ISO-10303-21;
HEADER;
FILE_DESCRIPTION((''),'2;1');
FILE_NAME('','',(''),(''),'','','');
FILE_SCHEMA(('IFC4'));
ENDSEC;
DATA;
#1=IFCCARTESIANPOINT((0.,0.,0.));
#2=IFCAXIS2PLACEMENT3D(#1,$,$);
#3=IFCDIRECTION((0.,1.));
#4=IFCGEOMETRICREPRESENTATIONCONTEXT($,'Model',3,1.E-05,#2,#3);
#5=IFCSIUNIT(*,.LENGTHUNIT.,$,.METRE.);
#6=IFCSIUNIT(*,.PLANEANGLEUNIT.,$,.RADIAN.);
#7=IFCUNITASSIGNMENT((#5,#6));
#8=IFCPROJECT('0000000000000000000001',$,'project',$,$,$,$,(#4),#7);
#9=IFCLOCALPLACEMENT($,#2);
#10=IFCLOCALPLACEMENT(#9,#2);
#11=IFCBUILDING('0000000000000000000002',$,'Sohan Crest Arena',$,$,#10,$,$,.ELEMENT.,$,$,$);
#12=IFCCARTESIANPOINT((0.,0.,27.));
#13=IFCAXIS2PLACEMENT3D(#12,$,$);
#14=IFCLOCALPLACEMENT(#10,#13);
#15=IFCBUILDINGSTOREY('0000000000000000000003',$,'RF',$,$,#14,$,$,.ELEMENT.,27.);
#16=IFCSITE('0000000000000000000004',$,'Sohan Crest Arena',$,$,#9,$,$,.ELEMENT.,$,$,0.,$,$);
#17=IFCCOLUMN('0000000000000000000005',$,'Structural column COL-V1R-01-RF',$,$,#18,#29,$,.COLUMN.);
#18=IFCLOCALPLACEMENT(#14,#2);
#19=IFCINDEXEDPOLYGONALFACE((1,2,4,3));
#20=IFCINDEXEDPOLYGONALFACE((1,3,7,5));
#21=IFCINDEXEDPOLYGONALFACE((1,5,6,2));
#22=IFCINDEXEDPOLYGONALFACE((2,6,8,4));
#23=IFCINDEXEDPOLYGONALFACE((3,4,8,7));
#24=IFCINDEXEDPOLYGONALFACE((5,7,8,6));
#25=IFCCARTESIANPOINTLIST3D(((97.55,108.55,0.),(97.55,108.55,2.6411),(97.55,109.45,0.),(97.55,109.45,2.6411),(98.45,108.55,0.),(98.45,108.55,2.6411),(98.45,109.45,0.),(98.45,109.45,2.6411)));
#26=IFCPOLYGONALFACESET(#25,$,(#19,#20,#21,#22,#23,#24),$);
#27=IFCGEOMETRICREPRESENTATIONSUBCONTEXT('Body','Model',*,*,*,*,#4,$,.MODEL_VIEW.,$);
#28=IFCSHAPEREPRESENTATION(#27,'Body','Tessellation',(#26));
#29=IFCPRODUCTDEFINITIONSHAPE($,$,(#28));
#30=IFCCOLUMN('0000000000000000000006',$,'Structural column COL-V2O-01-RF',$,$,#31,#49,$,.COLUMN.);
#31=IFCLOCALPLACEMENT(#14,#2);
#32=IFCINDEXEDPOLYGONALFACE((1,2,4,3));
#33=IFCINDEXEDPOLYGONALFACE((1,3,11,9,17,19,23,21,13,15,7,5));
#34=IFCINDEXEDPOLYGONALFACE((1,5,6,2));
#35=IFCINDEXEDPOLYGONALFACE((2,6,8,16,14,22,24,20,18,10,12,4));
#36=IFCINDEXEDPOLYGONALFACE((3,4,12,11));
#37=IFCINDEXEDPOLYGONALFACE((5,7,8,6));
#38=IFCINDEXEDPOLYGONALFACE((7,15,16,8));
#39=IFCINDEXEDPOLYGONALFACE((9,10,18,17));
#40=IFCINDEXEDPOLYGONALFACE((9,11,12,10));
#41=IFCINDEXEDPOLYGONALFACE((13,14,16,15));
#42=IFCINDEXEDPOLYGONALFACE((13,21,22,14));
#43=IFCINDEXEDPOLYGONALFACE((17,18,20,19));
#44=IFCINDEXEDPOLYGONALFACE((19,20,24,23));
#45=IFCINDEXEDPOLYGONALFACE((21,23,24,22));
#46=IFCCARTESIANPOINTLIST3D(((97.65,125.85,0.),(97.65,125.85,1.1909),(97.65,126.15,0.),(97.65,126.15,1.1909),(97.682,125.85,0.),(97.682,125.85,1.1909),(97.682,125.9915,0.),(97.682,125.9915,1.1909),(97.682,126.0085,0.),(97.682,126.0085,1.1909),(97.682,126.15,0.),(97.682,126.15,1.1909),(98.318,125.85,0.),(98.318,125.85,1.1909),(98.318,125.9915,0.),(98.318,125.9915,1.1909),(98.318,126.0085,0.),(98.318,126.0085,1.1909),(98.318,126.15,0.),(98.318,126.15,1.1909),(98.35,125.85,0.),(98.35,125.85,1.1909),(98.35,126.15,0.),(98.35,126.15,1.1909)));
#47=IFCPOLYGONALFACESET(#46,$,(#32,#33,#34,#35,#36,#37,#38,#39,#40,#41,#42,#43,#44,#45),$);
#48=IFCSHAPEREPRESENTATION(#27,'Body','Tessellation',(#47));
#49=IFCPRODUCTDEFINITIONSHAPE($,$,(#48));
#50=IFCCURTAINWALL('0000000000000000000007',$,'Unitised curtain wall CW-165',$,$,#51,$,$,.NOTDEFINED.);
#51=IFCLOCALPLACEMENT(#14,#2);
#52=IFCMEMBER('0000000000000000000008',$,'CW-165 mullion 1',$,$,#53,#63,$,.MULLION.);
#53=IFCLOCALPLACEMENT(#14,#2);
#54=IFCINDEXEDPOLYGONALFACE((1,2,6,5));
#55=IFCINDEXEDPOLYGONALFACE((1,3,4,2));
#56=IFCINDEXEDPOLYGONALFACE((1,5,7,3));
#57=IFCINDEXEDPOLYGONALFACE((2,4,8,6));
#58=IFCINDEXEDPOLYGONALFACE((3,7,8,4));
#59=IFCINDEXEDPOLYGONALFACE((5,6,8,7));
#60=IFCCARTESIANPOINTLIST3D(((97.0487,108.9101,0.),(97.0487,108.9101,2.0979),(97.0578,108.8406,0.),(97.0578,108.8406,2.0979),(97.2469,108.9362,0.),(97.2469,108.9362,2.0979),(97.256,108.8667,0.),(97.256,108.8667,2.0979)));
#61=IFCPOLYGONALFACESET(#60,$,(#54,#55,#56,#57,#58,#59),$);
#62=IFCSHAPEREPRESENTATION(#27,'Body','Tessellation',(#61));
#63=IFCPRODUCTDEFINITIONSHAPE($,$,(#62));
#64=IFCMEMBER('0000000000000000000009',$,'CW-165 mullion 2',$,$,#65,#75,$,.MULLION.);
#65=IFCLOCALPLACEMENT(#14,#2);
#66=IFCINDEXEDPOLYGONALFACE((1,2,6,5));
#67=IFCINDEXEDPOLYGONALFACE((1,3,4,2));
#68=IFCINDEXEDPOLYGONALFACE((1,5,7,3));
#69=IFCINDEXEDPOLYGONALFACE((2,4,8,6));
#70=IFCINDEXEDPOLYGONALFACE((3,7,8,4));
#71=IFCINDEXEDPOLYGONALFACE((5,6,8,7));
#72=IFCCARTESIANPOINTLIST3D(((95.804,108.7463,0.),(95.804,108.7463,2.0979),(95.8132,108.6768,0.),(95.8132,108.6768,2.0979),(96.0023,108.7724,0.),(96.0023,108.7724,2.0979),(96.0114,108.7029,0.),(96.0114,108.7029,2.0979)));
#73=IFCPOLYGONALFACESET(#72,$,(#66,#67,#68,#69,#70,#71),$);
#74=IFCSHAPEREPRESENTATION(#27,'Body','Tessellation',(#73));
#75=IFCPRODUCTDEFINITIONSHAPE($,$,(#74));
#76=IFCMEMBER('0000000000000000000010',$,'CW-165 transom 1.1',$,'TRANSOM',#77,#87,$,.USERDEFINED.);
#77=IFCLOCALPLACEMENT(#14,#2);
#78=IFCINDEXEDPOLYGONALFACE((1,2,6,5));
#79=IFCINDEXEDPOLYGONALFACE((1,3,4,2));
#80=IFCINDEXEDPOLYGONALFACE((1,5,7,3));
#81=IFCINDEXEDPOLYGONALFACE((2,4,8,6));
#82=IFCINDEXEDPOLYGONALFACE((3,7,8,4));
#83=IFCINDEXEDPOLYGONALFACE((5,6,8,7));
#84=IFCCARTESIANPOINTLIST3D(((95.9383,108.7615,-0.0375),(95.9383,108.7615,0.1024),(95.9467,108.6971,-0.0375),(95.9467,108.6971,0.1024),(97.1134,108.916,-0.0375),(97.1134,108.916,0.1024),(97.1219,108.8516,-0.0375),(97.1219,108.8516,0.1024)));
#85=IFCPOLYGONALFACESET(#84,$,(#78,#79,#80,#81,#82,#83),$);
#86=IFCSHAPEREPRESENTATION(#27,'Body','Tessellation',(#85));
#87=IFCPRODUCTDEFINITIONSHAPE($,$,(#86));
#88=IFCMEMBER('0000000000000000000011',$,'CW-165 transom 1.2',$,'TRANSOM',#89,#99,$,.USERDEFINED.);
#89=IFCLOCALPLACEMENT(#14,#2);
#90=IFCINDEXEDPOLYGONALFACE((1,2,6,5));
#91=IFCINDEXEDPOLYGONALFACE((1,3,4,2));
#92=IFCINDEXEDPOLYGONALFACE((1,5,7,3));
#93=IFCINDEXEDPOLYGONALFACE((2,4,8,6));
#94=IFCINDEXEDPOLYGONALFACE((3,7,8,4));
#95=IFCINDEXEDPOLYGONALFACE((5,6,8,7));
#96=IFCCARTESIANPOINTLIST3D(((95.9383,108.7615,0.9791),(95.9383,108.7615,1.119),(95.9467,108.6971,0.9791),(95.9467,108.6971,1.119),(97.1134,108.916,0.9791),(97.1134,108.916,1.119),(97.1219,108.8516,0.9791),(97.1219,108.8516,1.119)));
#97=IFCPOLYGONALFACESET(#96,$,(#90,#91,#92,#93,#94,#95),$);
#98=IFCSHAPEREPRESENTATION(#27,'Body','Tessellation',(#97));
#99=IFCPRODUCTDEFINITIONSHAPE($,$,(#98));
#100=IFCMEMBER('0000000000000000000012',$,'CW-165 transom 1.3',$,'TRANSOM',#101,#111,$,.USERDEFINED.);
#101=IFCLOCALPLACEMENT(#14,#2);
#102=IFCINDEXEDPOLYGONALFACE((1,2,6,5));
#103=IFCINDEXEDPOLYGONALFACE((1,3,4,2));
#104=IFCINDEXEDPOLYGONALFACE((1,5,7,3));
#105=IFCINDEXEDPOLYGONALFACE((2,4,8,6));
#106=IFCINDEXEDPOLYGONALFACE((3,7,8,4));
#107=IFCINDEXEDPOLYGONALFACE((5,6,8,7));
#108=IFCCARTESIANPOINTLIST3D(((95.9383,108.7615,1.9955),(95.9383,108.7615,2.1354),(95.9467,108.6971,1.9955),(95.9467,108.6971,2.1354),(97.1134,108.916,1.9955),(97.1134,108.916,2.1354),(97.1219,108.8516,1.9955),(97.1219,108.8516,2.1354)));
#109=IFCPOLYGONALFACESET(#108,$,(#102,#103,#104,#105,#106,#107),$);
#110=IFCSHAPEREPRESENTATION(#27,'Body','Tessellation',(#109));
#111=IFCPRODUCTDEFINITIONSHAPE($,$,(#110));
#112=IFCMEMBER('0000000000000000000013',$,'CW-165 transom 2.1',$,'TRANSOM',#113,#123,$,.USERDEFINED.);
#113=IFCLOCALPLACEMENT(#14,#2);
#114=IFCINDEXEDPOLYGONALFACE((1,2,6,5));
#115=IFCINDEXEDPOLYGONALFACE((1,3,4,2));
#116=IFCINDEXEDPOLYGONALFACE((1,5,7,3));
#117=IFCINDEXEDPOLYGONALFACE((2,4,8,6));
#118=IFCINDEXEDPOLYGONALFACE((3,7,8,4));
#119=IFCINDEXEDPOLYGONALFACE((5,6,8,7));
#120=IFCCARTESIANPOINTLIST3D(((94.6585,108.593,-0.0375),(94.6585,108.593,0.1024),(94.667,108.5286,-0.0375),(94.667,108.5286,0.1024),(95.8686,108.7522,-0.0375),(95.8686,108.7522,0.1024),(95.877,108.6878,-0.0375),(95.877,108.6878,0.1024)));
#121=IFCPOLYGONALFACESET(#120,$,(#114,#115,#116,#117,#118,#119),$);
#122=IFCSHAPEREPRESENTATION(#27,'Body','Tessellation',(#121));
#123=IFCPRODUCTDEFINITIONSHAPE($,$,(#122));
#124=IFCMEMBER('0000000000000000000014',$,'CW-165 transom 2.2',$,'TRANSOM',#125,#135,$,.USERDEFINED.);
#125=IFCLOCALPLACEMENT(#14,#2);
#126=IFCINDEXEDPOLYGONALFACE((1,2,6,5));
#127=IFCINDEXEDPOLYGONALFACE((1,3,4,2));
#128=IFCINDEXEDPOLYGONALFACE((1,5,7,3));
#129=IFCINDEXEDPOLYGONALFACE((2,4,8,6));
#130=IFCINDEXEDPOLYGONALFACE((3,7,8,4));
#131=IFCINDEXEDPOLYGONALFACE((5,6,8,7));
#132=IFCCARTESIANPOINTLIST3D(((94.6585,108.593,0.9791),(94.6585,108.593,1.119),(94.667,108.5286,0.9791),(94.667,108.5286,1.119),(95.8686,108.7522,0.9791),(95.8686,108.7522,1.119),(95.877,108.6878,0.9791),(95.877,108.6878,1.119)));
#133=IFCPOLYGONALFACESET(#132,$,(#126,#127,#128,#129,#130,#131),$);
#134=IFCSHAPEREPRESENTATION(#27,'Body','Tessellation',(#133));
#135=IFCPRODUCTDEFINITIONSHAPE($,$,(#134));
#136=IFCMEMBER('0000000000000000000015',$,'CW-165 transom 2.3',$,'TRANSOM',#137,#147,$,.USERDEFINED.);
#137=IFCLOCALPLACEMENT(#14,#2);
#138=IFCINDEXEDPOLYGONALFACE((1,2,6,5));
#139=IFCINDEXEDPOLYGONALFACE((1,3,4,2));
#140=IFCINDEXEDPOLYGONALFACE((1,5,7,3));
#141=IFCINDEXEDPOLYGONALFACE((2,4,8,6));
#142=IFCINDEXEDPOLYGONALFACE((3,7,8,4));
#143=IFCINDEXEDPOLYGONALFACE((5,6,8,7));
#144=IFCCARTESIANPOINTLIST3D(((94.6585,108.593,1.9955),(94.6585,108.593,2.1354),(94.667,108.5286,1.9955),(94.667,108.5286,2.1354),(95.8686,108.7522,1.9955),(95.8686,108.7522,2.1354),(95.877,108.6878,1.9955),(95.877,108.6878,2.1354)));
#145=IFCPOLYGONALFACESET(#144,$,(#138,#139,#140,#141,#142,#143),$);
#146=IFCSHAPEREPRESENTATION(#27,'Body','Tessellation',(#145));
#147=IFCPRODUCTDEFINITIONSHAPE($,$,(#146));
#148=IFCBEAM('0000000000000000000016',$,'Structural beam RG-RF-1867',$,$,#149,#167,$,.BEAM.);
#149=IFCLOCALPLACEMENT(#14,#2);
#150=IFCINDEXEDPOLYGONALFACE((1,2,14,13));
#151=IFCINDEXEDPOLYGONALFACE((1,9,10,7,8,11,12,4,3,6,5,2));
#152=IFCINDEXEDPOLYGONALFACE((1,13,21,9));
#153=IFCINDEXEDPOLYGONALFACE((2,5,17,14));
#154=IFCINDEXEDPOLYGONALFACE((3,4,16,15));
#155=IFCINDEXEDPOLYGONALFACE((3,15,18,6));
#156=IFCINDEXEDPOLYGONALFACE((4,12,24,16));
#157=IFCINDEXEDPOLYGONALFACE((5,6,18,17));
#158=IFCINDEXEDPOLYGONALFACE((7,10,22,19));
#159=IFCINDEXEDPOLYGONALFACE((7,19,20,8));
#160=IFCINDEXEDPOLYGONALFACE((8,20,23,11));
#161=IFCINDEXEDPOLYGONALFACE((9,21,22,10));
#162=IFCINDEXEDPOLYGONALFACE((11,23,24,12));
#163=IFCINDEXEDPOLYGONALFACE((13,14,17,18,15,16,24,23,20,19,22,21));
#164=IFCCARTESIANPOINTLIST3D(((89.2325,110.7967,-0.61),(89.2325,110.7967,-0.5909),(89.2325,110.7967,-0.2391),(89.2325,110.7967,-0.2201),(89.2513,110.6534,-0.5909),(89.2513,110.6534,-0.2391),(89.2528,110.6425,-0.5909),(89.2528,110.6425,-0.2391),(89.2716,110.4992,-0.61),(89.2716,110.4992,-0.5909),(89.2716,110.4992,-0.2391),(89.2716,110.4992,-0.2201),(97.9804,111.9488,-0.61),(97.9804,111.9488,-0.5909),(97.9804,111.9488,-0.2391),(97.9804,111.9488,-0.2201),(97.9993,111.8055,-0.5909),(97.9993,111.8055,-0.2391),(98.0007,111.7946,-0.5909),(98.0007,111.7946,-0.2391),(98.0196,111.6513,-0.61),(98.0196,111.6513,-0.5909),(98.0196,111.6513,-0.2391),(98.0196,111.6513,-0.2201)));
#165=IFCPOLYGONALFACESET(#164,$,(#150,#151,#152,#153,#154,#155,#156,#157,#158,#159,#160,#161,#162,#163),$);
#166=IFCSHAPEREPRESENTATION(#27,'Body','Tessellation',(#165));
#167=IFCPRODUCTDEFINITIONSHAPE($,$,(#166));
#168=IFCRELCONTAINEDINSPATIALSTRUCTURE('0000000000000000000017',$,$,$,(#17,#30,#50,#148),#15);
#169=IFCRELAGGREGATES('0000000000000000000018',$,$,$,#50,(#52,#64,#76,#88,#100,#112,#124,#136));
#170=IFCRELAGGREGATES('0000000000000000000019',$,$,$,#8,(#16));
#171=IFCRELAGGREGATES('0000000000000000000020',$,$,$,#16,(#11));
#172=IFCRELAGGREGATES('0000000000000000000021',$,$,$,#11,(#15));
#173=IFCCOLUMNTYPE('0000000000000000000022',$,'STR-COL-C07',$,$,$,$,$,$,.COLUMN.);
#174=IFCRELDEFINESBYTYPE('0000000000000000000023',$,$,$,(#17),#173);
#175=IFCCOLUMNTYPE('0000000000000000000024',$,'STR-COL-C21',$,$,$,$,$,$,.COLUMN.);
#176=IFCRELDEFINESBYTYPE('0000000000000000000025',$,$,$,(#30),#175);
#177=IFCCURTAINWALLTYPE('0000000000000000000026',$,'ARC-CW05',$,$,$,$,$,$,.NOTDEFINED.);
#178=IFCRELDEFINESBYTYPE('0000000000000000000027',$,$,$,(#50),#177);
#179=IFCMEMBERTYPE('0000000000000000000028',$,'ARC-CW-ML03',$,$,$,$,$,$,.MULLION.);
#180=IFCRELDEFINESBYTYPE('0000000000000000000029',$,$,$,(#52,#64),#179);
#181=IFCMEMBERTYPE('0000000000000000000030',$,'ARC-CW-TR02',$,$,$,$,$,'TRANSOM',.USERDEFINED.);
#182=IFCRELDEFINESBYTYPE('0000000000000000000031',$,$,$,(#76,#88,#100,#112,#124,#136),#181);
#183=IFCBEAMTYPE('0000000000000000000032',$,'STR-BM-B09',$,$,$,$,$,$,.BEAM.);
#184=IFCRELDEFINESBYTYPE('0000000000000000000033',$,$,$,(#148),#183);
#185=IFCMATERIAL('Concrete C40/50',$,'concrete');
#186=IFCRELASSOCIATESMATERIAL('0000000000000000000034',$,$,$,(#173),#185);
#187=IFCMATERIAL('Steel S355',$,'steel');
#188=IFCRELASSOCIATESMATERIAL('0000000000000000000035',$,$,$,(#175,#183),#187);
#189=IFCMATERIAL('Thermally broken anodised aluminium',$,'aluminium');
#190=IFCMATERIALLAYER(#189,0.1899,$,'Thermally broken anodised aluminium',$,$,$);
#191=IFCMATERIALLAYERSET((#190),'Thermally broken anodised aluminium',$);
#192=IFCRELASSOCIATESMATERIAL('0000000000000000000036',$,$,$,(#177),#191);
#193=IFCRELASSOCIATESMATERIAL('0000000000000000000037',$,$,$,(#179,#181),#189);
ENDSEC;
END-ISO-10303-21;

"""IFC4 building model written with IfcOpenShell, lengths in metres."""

from ifc_helpers import new_model, si_unit, direction, frame, origin, origin_2d, place, context, subcontext, project, spatial, rectangle, i_section, extrude, material, layer, layer_set, material_profile, profile_set, type_object, element, aggregate, save


model = new_model("IFC4")

# Units and contexts
model_context = context("Model", 3, precision=1e-05, world=origin(), true_north=direction((0.0, 1.0)))
body_context = subcontext(model_context, "Body", "Model", "MODEL_VIEW")
ifc_project = project(units=[si_unit("LENGTHUNIT", "METRE"), si_unit("PLANEANGLEUNIT", "RADIAN")], contexts=[model_context])

# Site, building, storey
site_placement = place(None, origin())
site = spatial("IfcSite", under=ifc_project, at=site_placement, Name="Sohan Crest Arena", CompositionType="ELEMENT", RefElevation=0.0)
building_placement = place(site_placement, origin())
building = spatial("IfcBuilding", under=site, at=building_placement, Name="Sohan Crest Arena", CompositionType="ELEMENT")
storey_placement = place(building_placement, frame((0.0, 0.0, 27.0)))
storey = spatial("IfcBuildingStorey", under=building, at=storey_placement, Name="RF", CompositionType="ELEMENT", Elevation=27.0)

# Columns
ifc_material_1 = material(Name="Concrete C40/50", Category="concrete")
ifc_material_profile_1 = material_profile(ifc_material_1, rectangle(XDim=0.8999, YDim=0.8999, at=origin_2d()), Name="RC 900x900")
ifc_profile_set_1 = profile_set([ifc_material_profile_1], Name="Concrete C40/50")
column_type_1 = type_object("IfcColumnType", Name="STR-COL-C07", PredefinedType="COLUMN", material=ifc_profile_set_1)
column_1_placement = place(storey_placement, frame((98.0, 109.0, 0.0), z_axis=(0.0, 0.0, 1.0), x_axis=(0.0, 1.0, 0.0)))
element("IfcColumn", 1, at=column_1_placement, inside=storey, type_object=column_type_1, Name="Structural column COL-V1R-01-RF", PredefinedType="COLUMN", context=body_context, shape_type="SweptSolid", body=[
    extrude(rectangle(XDim=0.8999, YDim=0.8999, at=origin_2d()), origin(), (0.0, 0.0, 1.0), 2.6411),
])
ifc_material_2 = material(Name="Steel S355", Category="steel")
ifc_material_profile_2 = material_profile(ifc_material_2, i_section(OverallWidth=0.3, OverallDepth=0.7, WebThickness=0.0171, FlangeThickness=0.032, at=origin_2d()), Name="HEB 700")
ifc_profile_set_2 = profile_set([ifc_material_profile_2], Name="Steel S355")
column_type_2 = type_object("IfcColumnType", Name="STR-COL-C21", PredefinedType="COLUMN", material=ifc_profile_set_2)
column_2_placement = place(storey_placement, frame((98.0, 126.0, 0.0), z_axis=(0.0, 0.0, 1.0), x_axis=(0.0, 1.0, 0.0)))
element("IfcColumn", 2, at=column_2_placement, inside=storey, type_object=column_type_2, Name="Structural column COL-V2O-01-RF", PredefinedType="COLUMN", context=body_context, shape_type="SweptSolid", body=[
    extrude(i_section(OverallWidth=0.3, OverallDepth=0.7, WebThickness=0.0171, FlangeThickness=0.032, at=origin_2d()), origin(), (0.0, 0.0, 1.0), 1.1909),
])

# Curtain wall, members
ifc_material_3 = material(Name="Thermally broken anodised aluminium", Category="aluminium")
ifc_layer_1 = layer(ifc_material_3, 0.1899, Name="Thermally broken anodised aluminium")
ifc_layer_set_1 = layer_set([ifc_layer_1], Name="Thermally broken anodised aluminium")
curtain_wall_type = type_object("IfcCurtainWallType", Name="ARC-CW05", PredefinedType="NOTDEFINED", material=ifc_layer_set_1)
curtain_wall_placement = place(storey_placement, origin())
curtain_wall = element("IfcCurtainWall", 3, at=curtain_wall_placement, inside=storey, type_object=curtain_wall_type, Name="Unitised curtain wall CW-165", PredefinedType="NOTDEFINED")
ifc_material_profile_3 = material_profile(ifc_material_3, rectangle(XDim=0.0701, YDim=0.2, at=origin_2d()), Name="ALU-MULL 70x200")
ifc_profile_set_3 = profile_set([ifc_material_profile_3], Name="Thermally broken anodised aluminium")
member_type_1 = type_object("IfcMemberType", Name="ARC-CW-ML03", PredefinedType="MULLION", material=ifc_profile_set_3)
member_1_placement = place(storey_placement, frame((97.1523, 108.8884, 0.0), z_axis=(0.0, 0.0, 1.0), x_axis=(0.130499, -0.991448, 0.0)))
member_1 = element("IfcMember", 4, at=member_1_placement, type_object=member_type_1, Name="CW-165 mullion 1", PredefinedType="MULLION", context=body_context, shape_type="SweptSolid", body=[
    extrude(rectangle(XDim=0.0701, YDim=0.2, at=origin_2d()), origin(), (0.0, 0.0, 1.0), 2.0979),
])
member_2_placement = place(storey_placement, frame((95.9077, 108.7246, 0.0), z_axis=(0.0, 0.0, 1.0), x_axis=(0.130499, -0.991448, 0.0)))
member_2 = element("IfcMember", 5, at=member_2_placement, type_object=member_type_1, Name="CW-165 mullion 2", PredefinedType="MULLION", context=body_context, shape_type="SweptSolid", body=[
    extrude(rectangle(XDim=0.0701, YDim=0.2, at=origin_2d()), origin(), (0.0, 0.0, 1.0), 2.0979),
])
ifc_material_profile_4 = material_profile(ifc_material_3, rectangle(XDim=0.0649, YDim=0.1399, at=origin_2d()), Name="ALU-TRAN 65x140")
ifc_profile_set_4 = profile_set([ifc_material_profile_4], Name="Thermally broken anodised aluminium")
member_type_2 = type_object("IfcMemberType", Name="ARC-CW-TR02", ElementType="TRANSOM", PredefinedType="USERDEFINED", material=ifc_profile_set_4)
member_3_placement = place(storey_placement, frame((97.1177, 108.8838, 0.0325), z_axis=(-0.991466, -0.130369, 0.0), x_axis=(0.130369, -0.991466, 0.0)))
member_3 = element("IfcMember", 6, at=member_3_placement, type_object=member_type_2, Name="CW-165 transom 1.1", ObjectType="TRANSOM", PredefinedType="USERDEFINED", context=body_context, shape_type="SweptSolid", body=[
    extrude(rectangle(XDim=0.0649, YDim=0.1399, at=origin_2d()), origin(), (0.0, 0.0, 1.0), 1.1853),
])
member_4_placement = place(storey_placement, frame((97.1177, 108.8838, 1.0491), z_axis=(-0.991466, -0.130369, 0.0), x_axis=(0.130369, -0.991466, 0.0)))
member_4 = element("IfcMember", 7, at=member_4_placement, type_object=member_type_2, Name="CW-165 transom 1.2", ObjectType="TRANSOM", PredefinedType="USERDEFINED", context=body_context, shape_type="SweptSolid", body=[
    extrude(rectangle(XDim=0.0649, YDim=0.1399, at=origin_2d()), origin(), (0.0, 0.0, 1.0), 1.1853),
])
member_5_placement = place(storey_placement, frame((97.1177, 108.8838, 2.0654), z_axis=(-0.991466, -0.130369, 0.0), x_axis=(0.130369, -0.991466, 0.0)))
member_5 = element("IfcMember", 8, at=member_5_placement, type_object=member_type_2, Name="CW-165 transom 1.3", ObjectType="TRANSOM", PredefinedType="USERDEFINED", context=body_context, shape_type="SweptSolid", body=[
    extrude(rectangle(XDim=0.0649, YDim=0.1399, at=origin_2d()), origin(), (0.0, 0.0, 1.0), 1.1853),
])
member_6_placement = place(storey_placement, frame((95.8728, 108.72, 0.0325), z_axis=(-0.991457, -0.130434, 0.0), x_axis=(0.130434, -0.991457, 0.0)))
member_6 = element("IfcMember", 9, at=member_6_placement, type_object=member_type_2, Name="CW-165 transom 2.1", ObjectType="TRANSOM", PredefinedType="USERDEFINED", context=body_context, shape_type="SweptSolid", body=[
    extrude(rectangle(XDim=0.0649, YDim=0.1399, at=origin_2d()), origin(), (0.0, 0.0, 1.0), 1.2205),
])
member_7_placement = place(storey_placement, frame((95.8728, 108.72, 1.0491), z_axis=(-0.991457, -0.130434, 0.0), x_axis=(0.130434, -0.991457, 0.0)))
member_7 = element("IfcMember", 10, at=member_7_placement, type_object=member_type_2, Name="CW-165 transom 2.2", ObjectType="TRANSOM", PredefinedType="USERDEFINED", context=body_context, shape_type="SweptSolid", body=[
    extrude(rectangle(XDim=0.0649, YDim=0.1399, at=origin_2d()), origin(), (0.0, 0.0, 1.0), 1.2205),
])
member_8_placement = place(storey_placement, frame((95.8728, 108.72, 2.0654), z_axis=(-0.991457, -0.130434, 0.0), x_axis=(0.130434, -0.991457, 0.0)))
member_8 = element("IfcMember", 11, at=member_8_placement, type_object=member_type_2, Name="CW-165 transom 2.3", ObjectType="TRANSOM", PredefinedType="USERDEFINED", context=body_context, shape_type="SweptSolid", body=[
    extrude(rectangle(XDim=0.0649, YDim=0.1399, at=origin_2d()), origin(), (0.0, 0.0, 1.0), 1.2205),
])

# Beam
ifc_material_profile_5 = material_profile(ifc_material_2, i_section(OverallWidth=0.3, OverallDepth=0.3899, WebThickness=0.011, FlangeThickness=0.019, at=origin_2d()), Name="HEA 400")
ifc_profile_set_5 = profile_set([ifc_material_profile_5], Name="Steel S355")
beam_type_1 = type_object("IfcBeamType", Name="STR-BM-B09", PredefinedType="BEAM", material=ifc_profile_set_5)
beam_1_placement = place(storey_placement, frame((98.0, 111.8, -0.415), z_axis=(-0.991439, -0.13057, 0.0), x_axis=(0.13057, -0.991439, 0.0)))
element("IfcBeam", 12, at=beam_1_placement, inside=storey, type_object=beam_type_1, Name="Structural beam RG-RF-1867", PredefinedType="BEAM", context=body_context, shape_type="SweptSolid", body=[
    extrude(i_section(OverallWidth=0.3, OverallDepth=0.3899, WebThickness=0.011, FlangeThickness=0.019, at=origin_2d()), origin(), (0.0, 0.0, 1.0), 8.8235),
])

aggregate(curtain_wall, [member_1, member_2, member_3, member_4, member_5, member_6, member_7, member_8])

save(model, "model.ifc")
